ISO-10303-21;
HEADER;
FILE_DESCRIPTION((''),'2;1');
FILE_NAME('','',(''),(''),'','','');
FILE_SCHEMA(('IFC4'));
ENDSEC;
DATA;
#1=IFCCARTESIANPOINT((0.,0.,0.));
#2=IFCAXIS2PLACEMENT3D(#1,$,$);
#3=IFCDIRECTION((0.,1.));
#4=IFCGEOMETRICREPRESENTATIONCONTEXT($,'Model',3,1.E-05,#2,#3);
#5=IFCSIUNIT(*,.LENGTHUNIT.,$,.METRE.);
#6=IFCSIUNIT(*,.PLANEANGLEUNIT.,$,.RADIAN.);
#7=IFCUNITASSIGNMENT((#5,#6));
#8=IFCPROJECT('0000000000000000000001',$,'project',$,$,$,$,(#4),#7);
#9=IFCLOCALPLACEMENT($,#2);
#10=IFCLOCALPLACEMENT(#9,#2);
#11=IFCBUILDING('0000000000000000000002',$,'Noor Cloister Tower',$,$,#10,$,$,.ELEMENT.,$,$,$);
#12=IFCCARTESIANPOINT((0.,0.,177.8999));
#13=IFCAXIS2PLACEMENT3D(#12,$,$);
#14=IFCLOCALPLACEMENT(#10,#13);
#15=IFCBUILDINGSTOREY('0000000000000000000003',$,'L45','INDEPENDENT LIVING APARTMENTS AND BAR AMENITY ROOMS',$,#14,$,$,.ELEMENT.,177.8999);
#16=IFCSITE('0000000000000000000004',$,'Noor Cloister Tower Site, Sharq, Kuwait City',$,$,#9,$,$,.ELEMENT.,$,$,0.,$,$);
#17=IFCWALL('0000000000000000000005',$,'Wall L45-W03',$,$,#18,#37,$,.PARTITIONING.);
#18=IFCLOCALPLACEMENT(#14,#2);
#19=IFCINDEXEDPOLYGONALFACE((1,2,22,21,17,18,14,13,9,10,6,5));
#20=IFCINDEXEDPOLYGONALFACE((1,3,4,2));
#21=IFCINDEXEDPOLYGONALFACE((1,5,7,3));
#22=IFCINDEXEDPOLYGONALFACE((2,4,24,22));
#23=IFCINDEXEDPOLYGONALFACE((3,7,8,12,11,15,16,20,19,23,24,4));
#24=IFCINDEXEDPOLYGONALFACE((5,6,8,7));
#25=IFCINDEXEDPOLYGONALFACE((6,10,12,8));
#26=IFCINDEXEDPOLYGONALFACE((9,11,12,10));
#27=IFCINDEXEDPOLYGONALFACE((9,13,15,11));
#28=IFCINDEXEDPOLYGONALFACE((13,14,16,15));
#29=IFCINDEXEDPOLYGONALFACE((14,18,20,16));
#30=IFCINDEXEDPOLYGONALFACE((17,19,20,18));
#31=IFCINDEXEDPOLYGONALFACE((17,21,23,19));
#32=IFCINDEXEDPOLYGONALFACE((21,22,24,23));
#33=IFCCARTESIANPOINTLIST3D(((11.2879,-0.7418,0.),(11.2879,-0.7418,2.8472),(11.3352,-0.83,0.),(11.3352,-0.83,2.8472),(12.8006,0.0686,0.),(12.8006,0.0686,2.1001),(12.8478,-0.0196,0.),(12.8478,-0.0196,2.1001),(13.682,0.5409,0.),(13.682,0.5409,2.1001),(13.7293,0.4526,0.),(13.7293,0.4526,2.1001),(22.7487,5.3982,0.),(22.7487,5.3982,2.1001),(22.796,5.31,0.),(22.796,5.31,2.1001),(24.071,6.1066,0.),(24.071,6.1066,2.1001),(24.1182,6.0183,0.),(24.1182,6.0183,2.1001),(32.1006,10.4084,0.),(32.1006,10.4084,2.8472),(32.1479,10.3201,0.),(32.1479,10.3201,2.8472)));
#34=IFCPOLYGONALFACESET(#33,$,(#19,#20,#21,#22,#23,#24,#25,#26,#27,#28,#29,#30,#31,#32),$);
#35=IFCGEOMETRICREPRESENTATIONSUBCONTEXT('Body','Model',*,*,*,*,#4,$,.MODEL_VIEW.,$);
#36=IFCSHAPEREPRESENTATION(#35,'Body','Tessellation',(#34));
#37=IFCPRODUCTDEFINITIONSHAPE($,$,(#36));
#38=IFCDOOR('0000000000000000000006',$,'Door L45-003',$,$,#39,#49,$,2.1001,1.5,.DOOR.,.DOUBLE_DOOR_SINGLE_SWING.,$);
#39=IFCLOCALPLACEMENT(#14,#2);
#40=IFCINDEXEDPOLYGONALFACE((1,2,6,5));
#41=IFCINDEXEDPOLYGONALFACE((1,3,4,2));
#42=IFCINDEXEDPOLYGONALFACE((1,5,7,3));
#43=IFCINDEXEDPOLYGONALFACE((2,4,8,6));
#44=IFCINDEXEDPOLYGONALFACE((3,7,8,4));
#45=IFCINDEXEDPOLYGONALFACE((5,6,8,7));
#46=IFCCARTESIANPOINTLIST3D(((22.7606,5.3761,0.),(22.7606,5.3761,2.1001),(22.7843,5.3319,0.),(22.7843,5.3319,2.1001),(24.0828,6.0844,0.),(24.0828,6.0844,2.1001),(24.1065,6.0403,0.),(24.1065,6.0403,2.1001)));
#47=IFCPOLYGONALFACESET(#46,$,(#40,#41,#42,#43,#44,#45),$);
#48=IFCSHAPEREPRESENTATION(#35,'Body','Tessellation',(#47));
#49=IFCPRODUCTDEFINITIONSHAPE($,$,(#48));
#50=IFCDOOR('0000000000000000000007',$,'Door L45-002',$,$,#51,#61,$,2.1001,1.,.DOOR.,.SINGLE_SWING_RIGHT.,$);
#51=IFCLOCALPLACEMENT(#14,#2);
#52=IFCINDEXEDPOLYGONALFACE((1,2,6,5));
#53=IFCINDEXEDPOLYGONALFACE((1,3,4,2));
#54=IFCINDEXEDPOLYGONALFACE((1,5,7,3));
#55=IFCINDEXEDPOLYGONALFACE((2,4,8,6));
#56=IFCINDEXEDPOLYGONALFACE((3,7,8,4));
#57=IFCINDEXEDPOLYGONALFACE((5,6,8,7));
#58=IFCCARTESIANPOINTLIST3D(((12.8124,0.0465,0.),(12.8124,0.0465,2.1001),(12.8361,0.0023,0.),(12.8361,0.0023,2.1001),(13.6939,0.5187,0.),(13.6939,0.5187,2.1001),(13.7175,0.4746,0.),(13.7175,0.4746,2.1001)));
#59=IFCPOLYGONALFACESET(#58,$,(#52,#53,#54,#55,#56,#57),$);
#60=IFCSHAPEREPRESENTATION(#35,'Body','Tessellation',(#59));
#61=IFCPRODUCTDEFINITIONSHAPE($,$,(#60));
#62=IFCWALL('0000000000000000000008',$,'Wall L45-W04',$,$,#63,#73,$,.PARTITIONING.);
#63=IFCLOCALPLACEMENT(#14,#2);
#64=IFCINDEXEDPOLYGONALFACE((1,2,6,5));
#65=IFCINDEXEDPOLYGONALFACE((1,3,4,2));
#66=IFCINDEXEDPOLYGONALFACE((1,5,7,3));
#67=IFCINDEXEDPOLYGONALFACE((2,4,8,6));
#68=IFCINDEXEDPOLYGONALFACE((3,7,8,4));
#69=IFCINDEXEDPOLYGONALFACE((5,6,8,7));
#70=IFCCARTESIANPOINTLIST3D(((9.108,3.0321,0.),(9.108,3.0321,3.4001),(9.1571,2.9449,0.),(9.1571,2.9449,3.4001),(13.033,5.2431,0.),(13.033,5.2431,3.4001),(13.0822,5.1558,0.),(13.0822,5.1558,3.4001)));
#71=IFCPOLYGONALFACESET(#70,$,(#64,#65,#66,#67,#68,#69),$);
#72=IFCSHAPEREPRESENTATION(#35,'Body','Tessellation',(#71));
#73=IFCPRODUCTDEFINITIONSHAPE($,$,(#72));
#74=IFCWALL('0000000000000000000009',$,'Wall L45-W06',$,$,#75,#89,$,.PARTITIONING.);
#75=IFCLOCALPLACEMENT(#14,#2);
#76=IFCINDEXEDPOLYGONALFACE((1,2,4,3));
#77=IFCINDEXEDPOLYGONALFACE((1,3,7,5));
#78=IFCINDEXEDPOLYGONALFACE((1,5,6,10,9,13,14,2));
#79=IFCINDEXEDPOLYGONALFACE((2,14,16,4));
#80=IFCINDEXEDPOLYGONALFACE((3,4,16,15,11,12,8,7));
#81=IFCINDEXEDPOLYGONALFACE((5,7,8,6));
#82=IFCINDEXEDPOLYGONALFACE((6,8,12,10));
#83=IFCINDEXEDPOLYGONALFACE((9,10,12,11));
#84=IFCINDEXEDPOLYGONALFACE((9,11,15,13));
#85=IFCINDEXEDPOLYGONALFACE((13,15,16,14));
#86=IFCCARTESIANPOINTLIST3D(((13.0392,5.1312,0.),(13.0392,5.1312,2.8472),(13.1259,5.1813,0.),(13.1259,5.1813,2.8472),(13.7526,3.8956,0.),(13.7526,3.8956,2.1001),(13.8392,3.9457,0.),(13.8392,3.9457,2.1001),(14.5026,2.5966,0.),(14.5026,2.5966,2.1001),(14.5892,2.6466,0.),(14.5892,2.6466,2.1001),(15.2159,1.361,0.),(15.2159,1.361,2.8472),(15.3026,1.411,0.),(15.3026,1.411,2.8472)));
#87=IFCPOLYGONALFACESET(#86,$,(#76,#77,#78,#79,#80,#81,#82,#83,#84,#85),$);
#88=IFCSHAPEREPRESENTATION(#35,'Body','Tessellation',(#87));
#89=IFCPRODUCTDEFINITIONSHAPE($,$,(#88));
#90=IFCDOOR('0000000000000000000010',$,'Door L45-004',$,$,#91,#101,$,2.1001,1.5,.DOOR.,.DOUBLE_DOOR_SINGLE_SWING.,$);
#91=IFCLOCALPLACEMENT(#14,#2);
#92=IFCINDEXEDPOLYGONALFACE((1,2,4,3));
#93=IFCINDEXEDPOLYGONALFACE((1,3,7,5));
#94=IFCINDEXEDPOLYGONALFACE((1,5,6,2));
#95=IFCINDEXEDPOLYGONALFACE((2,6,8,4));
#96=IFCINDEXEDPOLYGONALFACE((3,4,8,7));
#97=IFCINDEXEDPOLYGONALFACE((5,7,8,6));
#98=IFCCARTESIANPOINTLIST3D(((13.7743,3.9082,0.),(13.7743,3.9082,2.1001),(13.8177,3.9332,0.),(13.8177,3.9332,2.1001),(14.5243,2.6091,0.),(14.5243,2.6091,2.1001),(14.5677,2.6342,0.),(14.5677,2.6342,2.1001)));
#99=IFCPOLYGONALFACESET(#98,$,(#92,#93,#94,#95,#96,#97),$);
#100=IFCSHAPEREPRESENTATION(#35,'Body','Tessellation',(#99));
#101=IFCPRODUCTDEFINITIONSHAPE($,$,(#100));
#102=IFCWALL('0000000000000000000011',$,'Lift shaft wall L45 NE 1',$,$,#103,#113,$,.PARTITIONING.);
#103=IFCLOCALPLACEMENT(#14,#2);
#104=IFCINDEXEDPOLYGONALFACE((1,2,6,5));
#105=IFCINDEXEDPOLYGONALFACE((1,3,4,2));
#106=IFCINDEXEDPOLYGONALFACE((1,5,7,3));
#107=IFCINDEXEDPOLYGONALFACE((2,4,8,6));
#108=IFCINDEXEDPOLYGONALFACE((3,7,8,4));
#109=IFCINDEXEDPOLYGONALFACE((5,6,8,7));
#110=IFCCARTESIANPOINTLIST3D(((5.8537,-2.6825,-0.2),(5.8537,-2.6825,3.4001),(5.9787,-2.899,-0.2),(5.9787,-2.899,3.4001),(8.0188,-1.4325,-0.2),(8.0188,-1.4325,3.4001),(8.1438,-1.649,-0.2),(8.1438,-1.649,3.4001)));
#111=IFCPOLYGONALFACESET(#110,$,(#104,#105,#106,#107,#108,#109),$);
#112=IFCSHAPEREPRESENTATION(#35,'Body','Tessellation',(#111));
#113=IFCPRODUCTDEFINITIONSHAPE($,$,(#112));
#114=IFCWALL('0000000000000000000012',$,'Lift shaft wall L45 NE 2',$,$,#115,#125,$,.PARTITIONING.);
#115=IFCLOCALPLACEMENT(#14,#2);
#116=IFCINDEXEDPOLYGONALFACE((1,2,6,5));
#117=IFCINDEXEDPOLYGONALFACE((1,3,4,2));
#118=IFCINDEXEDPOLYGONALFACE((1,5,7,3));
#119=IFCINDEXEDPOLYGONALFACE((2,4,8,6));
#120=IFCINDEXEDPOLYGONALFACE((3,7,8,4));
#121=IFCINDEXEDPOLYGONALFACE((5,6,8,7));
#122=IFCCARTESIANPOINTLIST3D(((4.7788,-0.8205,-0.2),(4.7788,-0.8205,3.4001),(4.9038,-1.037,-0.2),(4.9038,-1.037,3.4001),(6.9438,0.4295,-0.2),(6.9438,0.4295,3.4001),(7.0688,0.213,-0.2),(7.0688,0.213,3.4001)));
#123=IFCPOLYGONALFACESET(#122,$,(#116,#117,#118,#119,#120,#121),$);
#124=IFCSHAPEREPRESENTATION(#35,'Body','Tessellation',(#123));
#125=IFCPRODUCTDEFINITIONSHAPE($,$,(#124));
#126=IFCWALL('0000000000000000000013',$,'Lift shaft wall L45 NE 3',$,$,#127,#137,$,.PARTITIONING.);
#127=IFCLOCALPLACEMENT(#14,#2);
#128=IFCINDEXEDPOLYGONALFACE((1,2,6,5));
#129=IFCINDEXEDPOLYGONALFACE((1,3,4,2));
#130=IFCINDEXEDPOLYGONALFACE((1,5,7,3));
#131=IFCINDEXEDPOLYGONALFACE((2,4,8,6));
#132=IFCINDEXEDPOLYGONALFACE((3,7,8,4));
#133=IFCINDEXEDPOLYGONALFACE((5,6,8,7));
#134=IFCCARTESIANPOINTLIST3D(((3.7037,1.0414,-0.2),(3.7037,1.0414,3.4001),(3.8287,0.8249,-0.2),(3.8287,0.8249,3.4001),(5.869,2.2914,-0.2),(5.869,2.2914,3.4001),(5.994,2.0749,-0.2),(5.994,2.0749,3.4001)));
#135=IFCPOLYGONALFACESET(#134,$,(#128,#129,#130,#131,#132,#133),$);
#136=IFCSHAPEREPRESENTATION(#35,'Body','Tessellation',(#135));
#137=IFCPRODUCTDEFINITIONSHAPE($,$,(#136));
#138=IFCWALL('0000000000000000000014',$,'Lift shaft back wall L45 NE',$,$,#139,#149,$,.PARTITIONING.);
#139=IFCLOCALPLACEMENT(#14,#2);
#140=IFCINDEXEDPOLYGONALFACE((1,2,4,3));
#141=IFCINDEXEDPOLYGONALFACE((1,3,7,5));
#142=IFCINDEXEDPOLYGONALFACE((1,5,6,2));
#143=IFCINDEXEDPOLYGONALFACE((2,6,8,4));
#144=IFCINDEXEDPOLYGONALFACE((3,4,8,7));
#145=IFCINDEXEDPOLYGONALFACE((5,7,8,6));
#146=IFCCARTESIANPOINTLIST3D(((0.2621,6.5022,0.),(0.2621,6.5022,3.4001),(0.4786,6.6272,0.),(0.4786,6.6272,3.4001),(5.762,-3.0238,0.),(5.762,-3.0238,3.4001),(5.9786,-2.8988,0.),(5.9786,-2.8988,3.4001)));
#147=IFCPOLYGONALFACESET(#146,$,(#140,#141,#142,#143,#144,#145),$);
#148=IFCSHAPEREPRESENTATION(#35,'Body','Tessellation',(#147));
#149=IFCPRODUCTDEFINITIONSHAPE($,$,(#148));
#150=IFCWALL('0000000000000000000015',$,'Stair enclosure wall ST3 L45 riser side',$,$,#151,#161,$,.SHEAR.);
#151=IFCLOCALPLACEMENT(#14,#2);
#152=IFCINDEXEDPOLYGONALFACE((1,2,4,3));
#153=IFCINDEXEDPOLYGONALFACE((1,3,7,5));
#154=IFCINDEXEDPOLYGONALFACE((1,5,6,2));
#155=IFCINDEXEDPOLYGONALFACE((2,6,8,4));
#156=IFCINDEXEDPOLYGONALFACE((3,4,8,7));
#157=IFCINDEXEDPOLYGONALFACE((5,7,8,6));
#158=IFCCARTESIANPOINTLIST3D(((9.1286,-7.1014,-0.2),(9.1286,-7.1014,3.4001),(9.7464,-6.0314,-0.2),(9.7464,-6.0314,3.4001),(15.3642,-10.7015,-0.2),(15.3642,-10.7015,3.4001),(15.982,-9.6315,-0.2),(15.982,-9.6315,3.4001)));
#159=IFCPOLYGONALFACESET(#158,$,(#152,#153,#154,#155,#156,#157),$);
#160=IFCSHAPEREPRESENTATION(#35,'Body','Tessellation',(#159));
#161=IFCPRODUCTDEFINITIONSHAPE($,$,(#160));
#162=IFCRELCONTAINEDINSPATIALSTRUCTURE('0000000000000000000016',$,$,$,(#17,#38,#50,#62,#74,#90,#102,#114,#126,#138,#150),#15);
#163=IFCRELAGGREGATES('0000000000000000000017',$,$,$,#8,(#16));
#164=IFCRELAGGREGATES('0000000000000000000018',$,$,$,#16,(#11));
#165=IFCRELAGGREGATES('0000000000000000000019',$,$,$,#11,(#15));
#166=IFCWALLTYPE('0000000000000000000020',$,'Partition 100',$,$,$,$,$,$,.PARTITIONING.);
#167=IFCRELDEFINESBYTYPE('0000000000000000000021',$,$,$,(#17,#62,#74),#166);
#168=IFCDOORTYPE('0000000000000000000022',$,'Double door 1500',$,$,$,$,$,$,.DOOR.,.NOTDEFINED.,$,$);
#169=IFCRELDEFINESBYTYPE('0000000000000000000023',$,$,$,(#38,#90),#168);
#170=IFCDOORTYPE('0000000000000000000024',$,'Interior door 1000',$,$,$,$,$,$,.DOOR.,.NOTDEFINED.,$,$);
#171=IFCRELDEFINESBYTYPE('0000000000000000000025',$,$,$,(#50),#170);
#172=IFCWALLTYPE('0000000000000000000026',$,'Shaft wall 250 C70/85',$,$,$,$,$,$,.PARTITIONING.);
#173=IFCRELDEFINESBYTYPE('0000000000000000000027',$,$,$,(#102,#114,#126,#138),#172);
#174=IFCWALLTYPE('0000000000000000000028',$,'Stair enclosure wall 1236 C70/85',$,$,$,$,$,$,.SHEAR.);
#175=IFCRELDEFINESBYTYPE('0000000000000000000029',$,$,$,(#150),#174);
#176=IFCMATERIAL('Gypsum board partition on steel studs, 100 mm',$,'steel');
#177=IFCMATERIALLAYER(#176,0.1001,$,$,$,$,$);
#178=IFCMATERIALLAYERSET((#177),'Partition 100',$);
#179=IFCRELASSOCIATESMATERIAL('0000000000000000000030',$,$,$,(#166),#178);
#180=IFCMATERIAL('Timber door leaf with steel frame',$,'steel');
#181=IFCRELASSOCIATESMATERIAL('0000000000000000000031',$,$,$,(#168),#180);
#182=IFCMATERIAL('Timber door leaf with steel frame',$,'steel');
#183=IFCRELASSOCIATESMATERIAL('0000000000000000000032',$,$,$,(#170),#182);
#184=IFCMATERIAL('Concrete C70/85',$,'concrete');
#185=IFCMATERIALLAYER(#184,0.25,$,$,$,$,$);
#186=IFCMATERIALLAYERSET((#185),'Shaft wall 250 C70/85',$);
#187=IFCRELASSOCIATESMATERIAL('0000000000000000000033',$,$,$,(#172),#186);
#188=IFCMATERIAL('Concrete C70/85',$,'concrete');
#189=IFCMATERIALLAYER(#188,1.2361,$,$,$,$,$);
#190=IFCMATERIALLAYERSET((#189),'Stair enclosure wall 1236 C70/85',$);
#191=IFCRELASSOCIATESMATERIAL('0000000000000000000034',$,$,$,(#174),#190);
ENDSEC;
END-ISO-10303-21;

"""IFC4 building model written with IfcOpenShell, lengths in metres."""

from ifc_helpers import new_model, si_unit, direction, frame, frame_2d, origin, place, context, subcontext, project, spatial, rectangle, extrude, material, layer, layer_set, type_object, element, fill, save


model = new_model("IFC4")

# Units and contexts
model_context = context("Model", 3, precision=1e-05, world=origin(), true_north=direction((0.0, 1.0)))
body_context = subcontext(model_context, "Body", "Model", "MODEL_VIEW")
ifc_project = project(units=[si_unit("LENGTHUNIT", "METRE"), si_unit("PLANEANGLEUNIT", "RADIAN")], contexts=[model_context])

# Site, building, storey
site_placement = place(None, origin())
site = spatial("IfcSite", under=ifc_project, at=site_placement, Name="Noor Cloister Tower Site, Sharq, Kuwait City", CompositionType="ELEMENT", RefElevation=0.0)
building_placement = place(site_placement, origin())
building = spatial("IfcBuilding", under=site, at=building_placement, Name="Noor Cloister Tower", CompositionType="ELEMENT")
storey_placement = place(building_placement, frame((0.0, 0.0, 177.8999)))
storey = spatial("IfcBuildingStorey", under=building, at=storey_placement, Name="L45", Description="INDEPENDENT LIVING APARTMENTS AND BAR AMENITY ROOMS", CompositionType="ELEMENT", Elevation=177.8999)

# Wall, openings, doors
ifc_material_1 = material(Name="Gypsum board partition on steel studs, 100 mm", Category="steel")
ifc_layer_1 = layer(ifc_material_1, 0.1001)
ifc_layer_set_1 = layer_set([ifc_layer_1], Name="Partition 100")
wall_type_1 = type_object("IfcWallType", Name="Partition 100", PredefinedType="PARTITIONING", material=ifc_layer_set_1)
wall_1_placement = place(storey_placement, frame((11.3115, -0.7859, 0.0), z_axis=(0.0, 0.0, 1.0), x_axis=(0.881472, 0.472237, 0.0)))
wall_1 = element("IfcWall", 1, at=wall_1_placement, inside=storey, type_object=wall_type_1, Name="Wall L45-W03", PredefinedType="PARTITIONING", context=body_context, shape_type="SweptSolid", body=[
    extrude(rectangle(XDim=23.6113, YDim=0.1001, at=frame_2d((11.8057, 0.0))), origin(), (0.0, 0.0, 1.0), 2.8472),
])
opening_1_placement = place(wall_1_placement, frame((1.7161, 0.0, 0.0)))
opening_1 = element("IfcOpeningElement", 2, at=opening_1_placement, cuts=wall_1, PredefinedType="OPENING", context=body_context, shape_type="SweptSolid", body=[
    extrude(rectangle(XDim=1.0, YDim=2.1001, at=frame_2d((0.5, 1.05))), frame((0.0, 0.0601, 0.0), z_axis=(0.0, -1.0, 0.0), x_axis=(1.0, 0.0, 0.0)), (0.0, 0.0, 1.0), 0.1201),
])
opening_2_placement = place(wall_1_placement, frame((13.002, 0.0, 0.0)))
opening_2 = element("IfcOpeningElement", 3, at=opening_2_placement, cuts=wall_1, PredefinedType="OPENING", context=body_context, shape_type="SweptSolid", body=[
    extrude(rectangle(XDim=1.5, YDim=2.1001, at=frame_2d((0.75, 1.05))), frame((0.0, 0.0601, 0.0), z_axis=(0.0, -1.0, 0.0), x_axis=(1.0, 0.0, 0.0)), (0.0, 0.0, 1.0), 0.1201),
])
ifc_material_2 = material(Name="Timber door leaf with steel frame", Category="steel")
door_type_1 = type_object("IfcDoorType", Name="Double door 1500", OperationType="NOTDEFINED", PredefinedType="DOOR", material=ifc_material_2)
door_1_placement = place(opening_2_placement, origin())
door_1 = element("IfcDoor", 4, at=door_1_placement, inside=storey, type_object=door_type_1, Name="Door L45-003", OperationType="DOUBLE_DOOR_SINGLE_SWING", OverallHeight=2.1001, OverallWidth=1.5, PredefinedType="DOOR", context=body_context, shape_type="SweptSolid", body=[
    extrude(rectangle(XDim=1.5, YDim=2.1001, at=frame_2d((0.75, 1.05))), frame((0.0, 0.0249, 0.0), z_axis=(0.0, -1.0, 0.0), x_axis=(1.0, 0.0, 0.0)), (0.0, 0.0, 1.0), 0.05),
])
fill(opening_2, door_1)
ifc_material_3 = material(Name="Timber door leaf with steel frame", Category="steel")
door_type_2 = type_object("IfcDoorType", Name="Interior door 1000", OperationType="NOTDEFINED", PredefinedType="DOOR", material=ifc_material_3)
door_2_placement = place(opening_1_placement, origin())
door_2 = element("IfcDoor", 5, at=door_2_placement, inside=storey, type_object=door_type_2, Name="Door L45-002", OperationType="SINGLE_SWING_RIGHT", OverallHeight=2.1001, OverallWidth=1.0, PredefinedType="DOOR", context=body_context, shape_type="SweptSolid", body=[
    extrude(rectangle(XDim=1.0, YDim=2.1001, at=frame_2d((0.5, 1.05))), frame((0.0, 0.0249, 0.0), z_axis=(0.0, -1.0, 0.0), x_axis=(1.0, 0.0, 0.0)), (0.0, 0.0, 1.0), 0.05),
])
fill(opening_1, door_2)

# Wall
wall_2_placement = place(storey_placement, frame((9.1326, 2.9885, 0.0), z_axis=(0.0, 0.0, 1.0), x_axis=(0.871282, 0.490783, 0.0)))
element("IfcWall", 6, at=wall_2_placement, inside=storey, type_object=wall_type_1, Name="Wall L45-W04", PredefinedType="PARTITIONING", context=body_context, shape_type="SweptSolid", body=[
    extrude(rectangle(XDim=4.5049, YDim=0.1001, at=frame_2d((2.2524, 0.0))), origin(), (0.0, 0.0, 1.0), 3.4001),
])

# Wall, opening, door
wall_3_placement = place(storey_placement, frame((15.2593, 1.386, 0.0), z_axis=(0.0, 0.0, 1.0), x_axis=(-0.499999, 0.866026, 0.0)))
wall_3 = element("IfcWall", 7, at=wall_3_placement, inside=storey, type_object=wall_type_1, Name="Wall L45-W06", PredefinedType="PARTITIONING", context=body_context, shape_type="SweptSolid", body=[
    extrude(rectangle(XDim=4.3535, YDim=0.1001, at=frame_2d((2.1768, 0.0))), origin(), (0.0, 0.0, 1.0), 2.8472),
])
opening_3_placement = place(wall_3_placement, frame((1.4268, 0.0, 0.0)))
opening_3 = element("IfcOpeningElement", 8, at=opening_3_placement, cuts=wall_3, PredefinedType="OPENING", context=body_context, shape_type="SweptSolid", body=[
    extrude(rectangle(XDim=1.5, YDim=2.1001, at=frame_2d((0.75, 1.05))), frame((0.0, 0.0601, 0.0), z_axis=(0.0, -1.0, 0.0), x_axis=(1.0, 0.0, 0.0)), (0.0, 0.0, 1.0), 0.1201),
])
door_3_placement = place(opening_3_placement, origin())
door_3 = element("IfcDoor", 9, at=door_3_placement, inside=storey, type_object=door_type_1, Name="Door L45-004", OperationType="DOUBLE_DOOR_SINGLE_SWING", OverallHeight=2.1001, OverallWidth=1.5, PredefinedType="DOOR", context=body_context, shape_type="SweptSolid", body=[
    extrude(rectangle(XDim=1.5, YDim=2.1001, at=frame_2d((0.75, 1.05))), frame((0.0, 0.0249, 0.0), z_axis=(0.0, -1.0, 0.0), x_axis=(1.0, 0.0, 0.0)), (0.0, 0.0, 1.0), 0.05),
])
fill(opening_3, door_3)

# Walls
ifc_material_4 = material(Name="Concrete C70/85", Category="concrete")
ifc_layer_2 = layer(ifc_material_4, 0.25)
ifc_layer_set_2 = layer_set([ifc_layer_2], Name="Shaft wall 250 C70/85")
wall_type_2 = type_object("IfcWallType", Name="Shaft wall 250 C70/85", PredefinedType="PARTITIONING", material=ifc_layer_set_2)
for number, where, z_axis, x_axis, name in (
    (10, (8.0813, -1.5408, -0.2), (0.0, 0.0, 1.0), (-0.866023, -0.500004, 0.0), "Lift shaft wall L45 NE 1"),
    (11, (7.0063, 0.3213, -0.2), (0.0, 0.0, 1.0), (-0.866023, -0.500004, 0.0), "Lift shaft wall L45 NE 2"),
):
    element("IfcWall", number, at=place(storey_placement, frame(where, z_axis=z_axis, x_axis=x_axis)), inside=storey, type_object=wall_type_2, Name=name, PredefinedType="PARTITIONING", context=body_context, shape_type="SweptSolid", body=[
        extrude(rectangle(XDim=2.5, YDim=0.25, at=frame_2d((1.25, 0.0))), origin(), (0.0, 0.0, 1.0), 3.6001),
    ])
wall_4_placement = place(storey_placement, frame((5.9314, 2.1831, -0.2), z_axis=(0.0, 0.0, 1.0), x_axis=(-0.866047, -0.499962, 0.0)))
element("IfcWall", 12, at=wall_4_placement, inside=storey, type_object=wall_type_2, Name="Lift shaft wall L45 NE 3", PredefinedType="PARTITIONING", context=body_context, shape_type="SweptSolid", body=[
    extrude(rectangle(XDim=2.5002, YDim=0.25, at=frame_2d((1.25, 0.0))), origin(), (0.0, 0.0, 1.0), 3.6001),
])
wall_5_placement = place(storey_placement, frame((5.8704, -2.9614, 0.0), z_axis=(0.0, 0.0, 1.0), x_axis=(-0.500006, 0.866022, 0.0)))
element("IfcWall", 13, at=wall_5_placement, inside=storey, type_object=wall_type_2, Name="Lift shaft back wall L45 NE", PredefinedType="PARTITIONING", context=body_context, shape_type="SweptSolid", body=[
    extrude(rectangle(XDim=10.9998, YDim=0.25, at=frame_2d((5.5, 0.0))), origin(), (0.0, 0.0, 1.0), 3.4001),
])
ifc_material_5 = material(Name="Concrete C70/85", Category="concrete")
ifc_layer_3 = layer(ifc_material_5, 1.2361)
ifc_layer_set_3 = layer_set([ifc_layer_3], Name="Stair enclosure wall 1236 C70/85")
wall_type_3 = type_object("IfcWallType", Name="Stair enclosure wall 1236 C70/85", PredefinedType="SHEAR", material=ifc_layer_set_3)
wall_6_placement = place(storey_placement, frame((9.4375, -6.5664, -0.2), z_axis=(0.0, 0.0, 1.0), x_axis=(0.866027, -0.499997, 0.0)))
element("IfcWall", 14, at=wall_6_placement, inside=storey, type_object=wall_type_3, Name="Stair enclosure wall ST3 L45 riser side", PredefinedType="SHEAR", context=body_context, shape_type="SweptSolid", body=[
    extrude(rectangle(XDim=7.2002, YDim=1.2356, at=frame_2d((3.6001, 0.0))), origin(), (0.0, 0.0, 1.0), 3.6001),
])

save(model, "model.ifc")
